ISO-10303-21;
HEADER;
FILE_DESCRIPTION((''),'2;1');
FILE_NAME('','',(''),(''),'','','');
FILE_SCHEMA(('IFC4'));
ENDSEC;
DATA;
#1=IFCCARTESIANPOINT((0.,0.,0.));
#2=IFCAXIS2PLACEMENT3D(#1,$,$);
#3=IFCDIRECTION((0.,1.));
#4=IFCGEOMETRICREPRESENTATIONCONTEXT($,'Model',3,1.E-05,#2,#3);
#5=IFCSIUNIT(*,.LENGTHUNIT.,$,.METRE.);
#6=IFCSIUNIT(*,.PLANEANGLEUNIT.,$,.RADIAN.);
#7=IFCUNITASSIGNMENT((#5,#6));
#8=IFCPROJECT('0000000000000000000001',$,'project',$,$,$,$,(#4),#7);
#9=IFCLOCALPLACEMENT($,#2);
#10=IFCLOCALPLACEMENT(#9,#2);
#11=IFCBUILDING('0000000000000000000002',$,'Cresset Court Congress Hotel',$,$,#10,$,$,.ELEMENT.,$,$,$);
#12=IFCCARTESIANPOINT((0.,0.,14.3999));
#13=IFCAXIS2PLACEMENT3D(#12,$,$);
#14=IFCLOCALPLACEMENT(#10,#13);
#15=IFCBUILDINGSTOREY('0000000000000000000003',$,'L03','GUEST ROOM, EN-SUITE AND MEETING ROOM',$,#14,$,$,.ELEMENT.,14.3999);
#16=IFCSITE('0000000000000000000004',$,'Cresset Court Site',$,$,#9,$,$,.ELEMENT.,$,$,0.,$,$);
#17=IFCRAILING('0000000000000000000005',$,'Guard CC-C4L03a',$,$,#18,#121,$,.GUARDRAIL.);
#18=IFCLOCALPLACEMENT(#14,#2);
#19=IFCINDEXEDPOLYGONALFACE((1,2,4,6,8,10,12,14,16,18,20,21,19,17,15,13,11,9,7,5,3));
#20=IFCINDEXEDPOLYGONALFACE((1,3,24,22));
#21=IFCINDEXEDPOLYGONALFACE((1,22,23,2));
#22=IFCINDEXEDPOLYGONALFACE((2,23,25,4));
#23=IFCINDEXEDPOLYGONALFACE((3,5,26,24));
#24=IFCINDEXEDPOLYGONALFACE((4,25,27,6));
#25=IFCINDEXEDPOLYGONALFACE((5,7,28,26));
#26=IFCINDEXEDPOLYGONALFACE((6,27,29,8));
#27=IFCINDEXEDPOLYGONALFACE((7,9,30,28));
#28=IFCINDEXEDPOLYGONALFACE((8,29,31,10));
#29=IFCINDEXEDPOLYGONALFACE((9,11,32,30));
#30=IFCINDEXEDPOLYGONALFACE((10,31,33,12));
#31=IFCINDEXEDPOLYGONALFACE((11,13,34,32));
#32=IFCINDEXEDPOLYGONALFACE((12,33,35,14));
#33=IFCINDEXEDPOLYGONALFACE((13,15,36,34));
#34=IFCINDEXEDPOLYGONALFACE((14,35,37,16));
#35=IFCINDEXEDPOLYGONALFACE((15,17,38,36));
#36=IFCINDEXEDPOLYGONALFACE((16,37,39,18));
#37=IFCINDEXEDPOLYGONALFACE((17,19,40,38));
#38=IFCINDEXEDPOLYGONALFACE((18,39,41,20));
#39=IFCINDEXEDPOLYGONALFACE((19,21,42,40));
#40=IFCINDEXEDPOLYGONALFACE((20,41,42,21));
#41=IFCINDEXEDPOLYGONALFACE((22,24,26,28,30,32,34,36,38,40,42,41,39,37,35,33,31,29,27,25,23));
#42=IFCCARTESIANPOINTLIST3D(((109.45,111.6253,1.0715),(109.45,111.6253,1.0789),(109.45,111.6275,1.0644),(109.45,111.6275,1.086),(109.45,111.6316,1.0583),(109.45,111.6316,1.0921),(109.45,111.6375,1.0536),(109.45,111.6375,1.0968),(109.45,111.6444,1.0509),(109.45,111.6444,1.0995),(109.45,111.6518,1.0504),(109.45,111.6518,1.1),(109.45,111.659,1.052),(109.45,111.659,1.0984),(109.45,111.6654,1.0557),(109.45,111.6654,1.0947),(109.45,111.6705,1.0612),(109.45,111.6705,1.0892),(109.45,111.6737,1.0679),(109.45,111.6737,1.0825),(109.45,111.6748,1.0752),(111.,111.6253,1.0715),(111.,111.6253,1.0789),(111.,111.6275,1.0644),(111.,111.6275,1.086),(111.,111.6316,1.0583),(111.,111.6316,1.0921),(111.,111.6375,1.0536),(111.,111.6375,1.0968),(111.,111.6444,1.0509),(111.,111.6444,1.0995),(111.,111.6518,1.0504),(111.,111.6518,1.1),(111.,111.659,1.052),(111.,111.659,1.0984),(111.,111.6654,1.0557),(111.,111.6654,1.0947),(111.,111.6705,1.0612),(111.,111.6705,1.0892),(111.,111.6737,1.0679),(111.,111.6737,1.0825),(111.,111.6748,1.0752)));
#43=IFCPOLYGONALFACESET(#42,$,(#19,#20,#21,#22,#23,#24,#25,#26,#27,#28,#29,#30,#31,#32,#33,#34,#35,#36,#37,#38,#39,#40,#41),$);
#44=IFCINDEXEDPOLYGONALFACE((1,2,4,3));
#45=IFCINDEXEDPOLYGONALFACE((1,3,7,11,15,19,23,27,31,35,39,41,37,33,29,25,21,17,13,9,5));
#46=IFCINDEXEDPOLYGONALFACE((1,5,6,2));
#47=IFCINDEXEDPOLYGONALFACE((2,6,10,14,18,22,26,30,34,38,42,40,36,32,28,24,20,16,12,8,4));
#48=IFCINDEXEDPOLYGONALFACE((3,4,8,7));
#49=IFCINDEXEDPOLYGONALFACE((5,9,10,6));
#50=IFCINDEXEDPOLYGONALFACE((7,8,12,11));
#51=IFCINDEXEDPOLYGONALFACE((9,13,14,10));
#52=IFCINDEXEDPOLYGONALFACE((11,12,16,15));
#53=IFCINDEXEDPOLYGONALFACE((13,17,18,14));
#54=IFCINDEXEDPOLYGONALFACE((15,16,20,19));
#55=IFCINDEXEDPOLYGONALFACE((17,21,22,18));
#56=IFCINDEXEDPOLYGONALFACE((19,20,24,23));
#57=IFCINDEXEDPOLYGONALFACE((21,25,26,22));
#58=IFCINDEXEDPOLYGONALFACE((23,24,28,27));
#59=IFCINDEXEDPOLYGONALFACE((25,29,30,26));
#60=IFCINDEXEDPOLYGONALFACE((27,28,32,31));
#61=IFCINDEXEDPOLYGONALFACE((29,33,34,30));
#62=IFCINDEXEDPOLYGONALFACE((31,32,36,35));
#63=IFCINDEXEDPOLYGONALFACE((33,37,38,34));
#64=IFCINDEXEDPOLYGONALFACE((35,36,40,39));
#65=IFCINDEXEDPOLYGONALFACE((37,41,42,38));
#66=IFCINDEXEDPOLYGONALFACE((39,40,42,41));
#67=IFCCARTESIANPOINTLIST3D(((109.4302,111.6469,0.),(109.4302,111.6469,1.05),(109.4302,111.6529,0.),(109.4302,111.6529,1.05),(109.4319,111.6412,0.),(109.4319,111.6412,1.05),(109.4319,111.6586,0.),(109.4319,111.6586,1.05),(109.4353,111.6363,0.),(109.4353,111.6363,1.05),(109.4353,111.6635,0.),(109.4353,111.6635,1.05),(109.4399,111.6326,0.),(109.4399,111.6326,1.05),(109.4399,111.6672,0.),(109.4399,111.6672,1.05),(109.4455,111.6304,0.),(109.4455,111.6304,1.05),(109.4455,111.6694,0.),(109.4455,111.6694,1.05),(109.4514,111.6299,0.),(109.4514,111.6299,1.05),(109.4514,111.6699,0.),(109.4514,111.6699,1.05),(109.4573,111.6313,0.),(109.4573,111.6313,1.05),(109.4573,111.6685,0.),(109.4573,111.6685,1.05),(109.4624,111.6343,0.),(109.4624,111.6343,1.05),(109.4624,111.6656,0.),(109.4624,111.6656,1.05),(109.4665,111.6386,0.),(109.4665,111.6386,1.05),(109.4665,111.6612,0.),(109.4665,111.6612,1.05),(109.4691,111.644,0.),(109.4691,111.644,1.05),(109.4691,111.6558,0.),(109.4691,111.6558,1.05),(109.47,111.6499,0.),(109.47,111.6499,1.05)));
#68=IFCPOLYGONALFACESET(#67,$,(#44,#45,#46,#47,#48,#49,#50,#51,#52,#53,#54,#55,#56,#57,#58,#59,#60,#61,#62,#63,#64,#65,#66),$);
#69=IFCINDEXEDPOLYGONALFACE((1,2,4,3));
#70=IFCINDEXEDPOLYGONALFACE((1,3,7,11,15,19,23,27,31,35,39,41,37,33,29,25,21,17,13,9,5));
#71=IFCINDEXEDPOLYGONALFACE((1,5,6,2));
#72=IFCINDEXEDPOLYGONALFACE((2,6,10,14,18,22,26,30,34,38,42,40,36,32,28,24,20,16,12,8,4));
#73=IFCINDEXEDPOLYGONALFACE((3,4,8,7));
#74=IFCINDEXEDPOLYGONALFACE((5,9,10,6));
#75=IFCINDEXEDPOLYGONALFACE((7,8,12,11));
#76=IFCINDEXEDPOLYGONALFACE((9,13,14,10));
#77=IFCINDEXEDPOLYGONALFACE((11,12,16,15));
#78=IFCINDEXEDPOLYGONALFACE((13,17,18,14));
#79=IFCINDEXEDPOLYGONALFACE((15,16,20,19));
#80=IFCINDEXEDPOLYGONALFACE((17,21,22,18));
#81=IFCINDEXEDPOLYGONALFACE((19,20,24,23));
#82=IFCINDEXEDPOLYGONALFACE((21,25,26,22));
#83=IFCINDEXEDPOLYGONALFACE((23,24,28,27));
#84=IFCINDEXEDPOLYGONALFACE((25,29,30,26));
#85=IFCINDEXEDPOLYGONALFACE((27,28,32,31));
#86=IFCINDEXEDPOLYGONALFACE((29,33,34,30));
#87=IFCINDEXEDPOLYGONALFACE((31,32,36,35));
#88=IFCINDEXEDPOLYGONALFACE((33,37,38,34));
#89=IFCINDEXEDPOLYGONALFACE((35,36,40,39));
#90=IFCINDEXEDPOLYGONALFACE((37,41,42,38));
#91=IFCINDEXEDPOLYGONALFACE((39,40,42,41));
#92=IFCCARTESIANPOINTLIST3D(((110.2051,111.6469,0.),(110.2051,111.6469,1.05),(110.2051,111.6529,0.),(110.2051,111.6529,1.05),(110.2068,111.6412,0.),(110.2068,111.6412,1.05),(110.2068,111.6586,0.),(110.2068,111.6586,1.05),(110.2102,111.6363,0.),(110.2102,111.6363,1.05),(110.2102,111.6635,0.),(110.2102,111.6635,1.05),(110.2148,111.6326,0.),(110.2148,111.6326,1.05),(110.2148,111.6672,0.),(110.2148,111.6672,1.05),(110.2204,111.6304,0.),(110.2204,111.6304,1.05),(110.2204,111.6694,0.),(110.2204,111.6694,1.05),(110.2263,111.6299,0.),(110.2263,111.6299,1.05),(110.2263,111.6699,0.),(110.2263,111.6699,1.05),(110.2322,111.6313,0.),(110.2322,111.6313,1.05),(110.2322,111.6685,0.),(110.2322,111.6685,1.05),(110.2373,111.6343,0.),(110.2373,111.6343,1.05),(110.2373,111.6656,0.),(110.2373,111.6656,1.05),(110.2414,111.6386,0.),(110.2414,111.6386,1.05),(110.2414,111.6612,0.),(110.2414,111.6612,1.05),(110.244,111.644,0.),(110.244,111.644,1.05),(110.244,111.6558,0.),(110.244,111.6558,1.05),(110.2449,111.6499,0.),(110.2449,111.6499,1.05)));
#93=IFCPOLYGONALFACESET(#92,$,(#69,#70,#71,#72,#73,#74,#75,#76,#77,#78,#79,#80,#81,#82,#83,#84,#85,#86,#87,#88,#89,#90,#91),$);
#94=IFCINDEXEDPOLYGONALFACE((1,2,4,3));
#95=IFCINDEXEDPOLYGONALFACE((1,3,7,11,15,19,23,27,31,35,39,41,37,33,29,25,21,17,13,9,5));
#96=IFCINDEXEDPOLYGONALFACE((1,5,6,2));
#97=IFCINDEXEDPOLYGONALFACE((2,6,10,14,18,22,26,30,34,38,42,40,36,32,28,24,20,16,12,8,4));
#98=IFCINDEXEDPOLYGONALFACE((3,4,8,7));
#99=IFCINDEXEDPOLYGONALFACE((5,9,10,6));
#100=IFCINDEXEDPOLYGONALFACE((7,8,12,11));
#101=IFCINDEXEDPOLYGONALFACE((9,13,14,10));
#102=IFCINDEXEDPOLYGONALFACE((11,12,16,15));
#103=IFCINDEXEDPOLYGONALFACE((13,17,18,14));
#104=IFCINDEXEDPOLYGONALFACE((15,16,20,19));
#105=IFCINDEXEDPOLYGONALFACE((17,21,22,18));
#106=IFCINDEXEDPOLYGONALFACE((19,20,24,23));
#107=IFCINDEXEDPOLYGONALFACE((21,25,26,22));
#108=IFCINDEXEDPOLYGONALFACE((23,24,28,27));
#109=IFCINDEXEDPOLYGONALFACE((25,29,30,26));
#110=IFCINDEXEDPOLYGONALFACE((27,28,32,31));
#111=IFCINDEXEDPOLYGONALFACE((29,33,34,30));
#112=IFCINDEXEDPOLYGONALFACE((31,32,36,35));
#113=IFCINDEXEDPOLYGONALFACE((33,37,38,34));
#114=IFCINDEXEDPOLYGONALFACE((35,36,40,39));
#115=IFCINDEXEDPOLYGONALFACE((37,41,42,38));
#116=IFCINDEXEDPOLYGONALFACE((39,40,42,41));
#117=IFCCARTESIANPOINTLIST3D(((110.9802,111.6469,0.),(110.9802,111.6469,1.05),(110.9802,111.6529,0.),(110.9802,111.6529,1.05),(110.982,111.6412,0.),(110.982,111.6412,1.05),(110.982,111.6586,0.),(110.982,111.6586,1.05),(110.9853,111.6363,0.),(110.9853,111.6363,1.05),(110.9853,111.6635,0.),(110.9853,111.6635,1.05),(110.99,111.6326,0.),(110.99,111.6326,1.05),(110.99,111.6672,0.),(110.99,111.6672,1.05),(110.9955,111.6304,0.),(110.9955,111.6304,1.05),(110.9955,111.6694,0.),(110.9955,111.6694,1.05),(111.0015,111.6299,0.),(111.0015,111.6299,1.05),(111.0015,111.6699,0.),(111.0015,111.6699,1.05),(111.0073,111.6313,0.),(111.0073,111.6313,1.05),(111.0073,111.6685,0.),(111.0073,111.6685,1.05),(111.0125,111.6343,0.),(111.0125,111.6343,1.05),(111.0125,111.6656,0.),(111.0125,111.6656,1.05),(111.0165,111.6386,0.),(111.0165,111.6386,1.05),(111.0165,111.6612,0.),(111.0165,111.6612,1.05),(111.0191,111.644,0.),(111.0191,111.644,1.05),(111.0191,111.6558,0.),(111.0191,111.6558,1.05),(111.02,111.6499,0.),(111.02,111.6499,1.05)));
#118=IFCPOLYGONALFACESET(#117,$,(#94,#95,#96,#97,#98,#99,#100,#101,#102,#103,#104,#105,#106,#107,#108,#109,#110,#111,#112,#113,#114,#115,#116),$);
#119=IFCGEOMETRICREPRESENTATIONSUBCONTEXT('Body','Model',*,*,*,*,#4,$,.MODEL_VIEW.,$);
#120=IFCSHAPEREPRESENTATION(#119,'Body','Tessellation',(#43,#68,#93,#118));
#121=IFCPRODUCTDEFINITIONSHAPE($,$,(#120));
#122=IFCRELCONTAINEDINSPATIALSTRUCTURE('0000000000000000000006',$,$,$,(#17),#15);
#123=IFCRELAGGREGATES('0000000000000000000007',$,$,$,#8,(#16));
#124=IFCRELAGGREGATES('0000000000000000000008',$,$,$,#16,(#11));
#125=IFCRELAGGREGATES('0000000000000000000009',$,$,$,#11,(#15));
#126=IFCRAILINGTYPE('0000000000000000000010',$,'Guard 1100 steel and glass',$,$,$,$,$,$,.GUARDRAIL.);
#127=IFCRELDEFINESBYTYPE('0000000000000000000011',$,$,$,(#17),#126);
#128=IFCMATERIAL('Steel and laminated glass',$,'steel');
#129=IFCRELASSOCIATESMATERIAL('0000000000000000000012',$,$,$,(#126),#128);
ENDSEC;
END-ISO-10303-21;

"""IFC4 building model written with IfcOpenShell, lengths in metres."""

from ifc_helpers import new_model, si_unit, direction, frame, origin, origin_2d, place, context, subcontext, project, spatial, circle, extrude, material, type_object, element, save


model = new_model("IFC4")

# Units and contexts
model_context = context("Model", 3, precision=1e-05, world=origin(), true_north=direction((0.0, 1.0)))
body_context = subcontext(model_context, "Body", "Model", "MODEL_VIEW")
ifc_project = project(units=[si_unit("LENGTHUNIT", "METRE"), si_unit("PLANEANGLEUNIT", "RADIAN")], contexts=[model_context])

# Site, building, storey
site_placement = place(None, origin())
site = spatial("IfcSite", under=ifc_project, at=site_placement, Name="Cresset Court Site", CompositionType="ELEMENT", RefElevation=0.0)
building_placement = place(site_placement, origin())
building = spatial("IfcBuilding", under=site, at=building_placement, Name="Cresset Court Congress Hotel", CompositionType="ELEMENT")
storey_placement = place(building_placement, frame((0.0, 0.0, 14.3999)))
storey = spatial("IfcBuildingStorey", under=building, at=storey_placement, Name="L03", Description="GUEST ROOM, EN-SUITE AND MEETING ROOM", CompositionType="ELEMENT", Elevation=14.3999)

# Railing
ifc_material_1 = material(Name="Steel and laminated glass", Category="steel")
railing_type = type_object("IfcRailingType", Name="Guard 1100 steel and glass", PredefinedType="GUARDRAIL", material=ifc_material_1)
railing_1_placement = place(storey_placement, frame((109.45, 111.6499, 0.0)))
element("IfcRailing", 1, at=railing_1_placement, inside=storey, type_object=railing_type, Name="Guard CC-C4L03a", PredefinedType="GUARDRAIL", context=body_context, shape_type="SweptSolid", body=[
    extrude(circle(Radius=0.0249, at=origin_2d()), frame((0.0, 0.0, 1.0752), z_axis=(1.0, 0.0, 0.0), x_axis=(0.0, 1.0, 0.0)), (0.0, 0.0, 1.0), 1.55),
    extrude(circle(Radius=0.02, at=origin_2d()), origin(), (0.0, 0.0, 1.0), 1.05),
    extrude(circle(Radius=0.02, at=origin_2d()), frame((0.7749, 0.0, 0.0)), (0.0, 0.0, 1.0), 1.05),
    extrude(circle(Radius=0.02, at=origin_2d()), frame((1.55, 0.0, 0.0)), (0.0, 0.0, 1.0), 1.05),
])

save(model, "model.ifc")
